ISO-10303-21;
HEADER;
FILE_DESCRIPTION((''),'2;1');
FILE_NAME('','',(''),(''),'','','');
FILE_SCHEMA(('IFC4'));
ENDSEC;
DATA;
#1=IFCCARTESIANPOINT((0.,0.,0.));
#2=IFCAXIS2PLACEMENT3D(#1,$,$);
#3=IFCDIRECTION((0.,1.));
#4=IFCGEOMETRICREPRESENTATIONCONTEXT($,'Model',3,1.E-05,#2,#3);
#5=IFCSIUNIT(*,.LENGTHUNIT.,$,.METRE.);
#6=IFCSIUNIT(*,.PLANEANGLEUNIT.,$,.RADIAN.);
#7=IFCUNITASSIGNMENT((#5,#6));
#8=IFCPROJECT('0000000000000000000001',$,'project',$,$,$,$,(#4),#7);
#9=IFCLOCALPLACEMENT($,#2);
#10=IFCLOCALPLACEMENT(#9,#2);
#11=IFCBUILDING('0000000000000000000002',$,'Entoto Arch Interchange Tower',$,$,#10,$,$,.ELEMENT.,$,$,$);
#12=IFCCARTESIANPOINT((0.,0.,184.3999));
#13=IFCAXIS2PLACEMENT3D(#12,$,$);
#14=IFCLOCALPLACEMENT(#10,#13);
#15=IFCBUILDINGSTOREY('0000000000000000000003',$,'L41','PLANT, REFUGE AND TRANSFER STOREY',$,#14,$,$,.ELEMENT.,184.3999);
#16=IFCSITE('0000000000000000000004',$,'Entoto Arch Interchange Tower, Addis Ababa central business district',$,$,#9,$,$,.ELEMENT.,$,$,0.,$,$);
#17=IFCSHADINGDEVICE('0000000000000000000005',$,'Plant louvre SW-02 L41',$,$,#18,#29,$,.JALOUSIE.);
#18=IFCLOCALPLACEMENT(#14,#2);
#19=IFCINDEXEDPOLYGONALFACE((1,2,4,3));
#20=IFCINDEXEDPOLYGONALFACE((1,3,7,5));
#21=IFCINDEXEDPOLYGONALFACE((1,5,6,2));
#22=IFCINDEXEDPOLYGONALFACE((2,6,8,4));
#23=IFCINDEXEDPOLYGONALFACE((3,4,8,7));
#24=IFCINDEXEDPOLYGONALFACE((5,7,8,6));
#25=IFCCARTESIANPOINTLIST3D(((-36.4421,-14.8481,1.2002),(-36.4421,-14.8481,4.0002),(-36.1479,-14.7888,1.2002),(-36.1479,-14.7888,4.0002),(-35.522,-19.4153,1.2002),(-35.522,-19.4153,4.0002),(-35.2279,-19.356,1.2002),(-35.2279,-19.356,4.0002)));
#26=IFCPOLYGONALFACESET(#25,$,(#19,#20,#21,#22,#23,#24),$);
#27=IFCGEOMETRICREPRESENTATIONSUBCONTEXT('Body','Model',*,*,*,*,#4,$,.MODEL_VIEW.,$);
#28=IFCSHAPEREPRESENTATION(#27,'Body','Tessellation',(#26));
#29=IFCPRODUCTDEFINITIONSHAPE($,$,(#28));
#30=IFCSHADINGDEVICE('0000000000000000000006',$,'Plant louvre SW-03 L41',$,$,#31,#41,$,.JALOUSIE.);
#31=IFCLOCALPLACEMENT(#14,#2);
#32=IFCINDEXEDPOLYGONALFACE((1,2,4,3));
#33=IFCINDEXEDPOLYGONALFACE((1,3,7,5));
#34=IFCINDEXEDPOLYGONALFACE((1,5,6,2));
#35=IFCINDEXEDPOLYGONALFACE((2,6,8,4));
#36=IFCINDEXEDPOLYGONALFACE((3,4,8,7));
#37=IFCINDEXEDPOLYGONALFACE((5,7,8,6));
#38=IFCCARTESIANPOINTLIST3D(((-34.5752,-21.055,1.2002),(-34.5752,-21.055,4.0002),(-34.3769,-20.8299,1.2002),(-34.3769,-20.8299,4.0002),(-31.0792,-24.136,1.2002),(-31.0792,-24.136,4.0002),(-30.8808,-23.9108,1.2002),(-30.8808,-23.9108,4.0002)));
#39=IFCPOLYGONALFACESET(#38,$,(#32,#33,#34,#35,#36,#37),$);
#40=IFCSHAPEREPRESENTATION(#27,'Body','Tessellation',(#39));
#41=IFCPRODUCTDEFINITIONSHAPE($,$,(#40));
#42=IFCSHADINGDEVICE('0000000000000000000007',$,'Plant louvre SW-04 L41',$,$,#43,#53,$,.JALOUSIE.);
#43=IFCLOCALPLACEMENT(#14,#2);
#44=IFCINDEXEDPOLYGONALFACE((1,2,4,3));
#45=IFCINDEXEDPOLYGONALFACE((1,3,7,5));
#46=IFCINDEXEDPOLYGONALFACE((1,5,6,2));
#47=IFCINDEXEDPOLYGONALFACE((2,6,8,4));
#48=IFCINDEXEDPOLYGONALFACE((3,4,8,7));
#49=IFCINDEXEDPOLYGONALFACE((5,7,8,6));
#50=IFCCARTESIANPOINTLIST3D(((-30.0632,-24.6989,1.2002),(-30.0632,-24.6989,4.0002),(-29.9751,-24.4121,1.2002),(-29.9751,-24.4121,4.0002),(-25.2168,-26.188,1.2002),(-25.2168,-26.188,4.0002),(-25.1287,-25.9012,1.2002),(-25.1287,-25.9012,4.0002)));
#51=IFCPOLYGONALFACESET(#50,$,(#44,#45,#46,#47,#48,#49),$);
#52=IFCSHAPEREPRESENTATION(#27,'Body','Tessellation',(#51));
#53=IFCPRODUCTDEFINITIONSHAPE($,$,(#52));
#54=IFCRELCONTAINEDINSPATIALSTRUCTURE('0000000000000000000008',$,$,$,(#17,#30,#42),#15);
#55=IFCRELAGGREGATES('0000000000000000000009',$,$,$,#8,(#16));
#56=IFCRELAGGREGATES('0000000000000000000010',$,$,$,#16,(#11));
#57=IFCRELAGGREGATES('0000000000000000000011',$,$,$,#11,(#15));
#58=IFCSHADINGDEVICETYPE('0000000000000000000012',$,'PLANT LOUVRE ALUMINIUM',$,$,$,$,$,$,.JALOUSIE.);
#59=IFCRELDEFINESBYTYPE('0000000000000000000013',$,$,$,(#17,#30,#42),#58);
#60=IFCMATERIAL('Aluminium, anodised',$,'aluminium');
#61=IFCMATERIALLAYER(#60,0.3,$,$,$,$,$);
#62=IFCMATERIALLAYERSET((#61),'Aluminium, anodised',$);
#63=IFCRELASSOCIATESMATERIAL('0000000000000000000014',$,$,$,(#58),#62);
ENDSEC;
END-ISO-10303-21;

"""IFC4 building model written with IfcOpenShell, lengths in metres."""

from ifc_helpers import new_model, si_unit, direction, frame, origin, origin_2d, place, context, subcontext, project, spatial, rectangle, extrude, material, layer, layer_set, type_object, element, save


model = new_model("IFC4")

# Units and contexts
model_context = context("Model", 3, precision=1e-05, world=origin(), true_north=direction((0.0, 1.0)))
body_context = subcontext(model_context, "Body", "Model", "MODEL_VIEW")
ifc_project = project(units=[si_unit("LENGTHUNIT", "METRE"), si_unit("PLANEANGLEUNIT", "RADIAN")], contexts=[model_context])

# Site, building, storey
site_placement = place(None, origin())
site = spatial("IfcSite", under=ifc_project, at=site_placement, Name="Entoto Arch Interchange Tower, Addis Ababa central business district", CompositionType="ELEMENT", RefElevation=0.0)
building_placement = place(site_placement, origin())
building = spatial("IfcBuilding", under=site, at=building_placement, Name="Entoto Arch Interchange Tower", CompositionType="ELEMENT")
storey_placement = place(building_placement, frame((0.0, 0.0, 184.3999)))
storey = spatial("IfcBuildingStorey", under=building, at=storey_placement, Name="L41", Description="PLANT, REFUGE AND TRANSFER STOREY", CompositionType="ELEMENT", Elevation=184.3999)

# Shading devices
ifc_material_1 = material(Name="Aluminium, anodised", Category="aluminium")
ifc_layer_1 = layer(ifc_material_1, 0.3)
ifc_layer_set_1 = layer_set([ifc_layer_1], Name="Aluminium, anodised")
shading_device_type = type_object("IfcShadingDeviceType", Name="PLANT LOUVRE ALUMINIUM", PredefinedType="JALOUSIE", material=ifc_layer_set_1)
shading_device_1_placement = place(storey_placement, frame((-35.835, -17.1021, 1.2002), z_axis=(0.0, 0.0, 1.0), x_axis=(0.197486, -0.980306, 0.0)))
element("IfcShadingDevice", 1, at=shading_device_1_placement, inside=storey, type_object=shading_device_type, Name="Plant louvre SW-02 L41", PredefinedType="JALOUSIE", context=body_context, shape_type="SweptSolid", body=[
    extrude(rectangle(XDim=4.6589, YDim=0.3, at=origin_2d()), origin(), (0.0, 0.0, 1.0), 2.8),
])
shading_device_2_placement = place(storey_placement, frame((-32.728, -22.4829, 1.2002), z_axis=(0.0, 0.0, 1.0), x_axis=(0.750238, -0.661168, 0.0)))
element("IfcShadingDevice", 2, at=shading_device_2_placement, inside=storey, type_object=shading_device_type, Name="Plant louvre SW-03 L41", PredefinedType="JALOUSIE", context=body_context, shape_type="SweptSolid", body=[
    extrude(rectangle(XDim=4.6599, YDim=0.3, at=origin_2d()), origin(), (0.0, 0.0, 1.0), 2.8),
])
shading_device_3_placement = place(storey_placement, frame((-27.5959, -25.3, 1.2002), z_axis=(0.0, 0.0, 1.0), x_axis=(0.955896, -0.293707, 0.0)))
element("IfcShadingDevice", 3, at=shading_device_3_placement, inside=storey, type_object=shading_device_type, Name="Plant louvre SW-04 L41", PredefinedType="JALOUSIE", context=body_context, shape_type="SweptSolid", body=[
    extrude(rectangle(XDim=5.0701, YDim=0.3, at=origin_2d()), origin(), (0.0, 0.0, 1.0), 2.8),
])

save(model, "model.ifc")
